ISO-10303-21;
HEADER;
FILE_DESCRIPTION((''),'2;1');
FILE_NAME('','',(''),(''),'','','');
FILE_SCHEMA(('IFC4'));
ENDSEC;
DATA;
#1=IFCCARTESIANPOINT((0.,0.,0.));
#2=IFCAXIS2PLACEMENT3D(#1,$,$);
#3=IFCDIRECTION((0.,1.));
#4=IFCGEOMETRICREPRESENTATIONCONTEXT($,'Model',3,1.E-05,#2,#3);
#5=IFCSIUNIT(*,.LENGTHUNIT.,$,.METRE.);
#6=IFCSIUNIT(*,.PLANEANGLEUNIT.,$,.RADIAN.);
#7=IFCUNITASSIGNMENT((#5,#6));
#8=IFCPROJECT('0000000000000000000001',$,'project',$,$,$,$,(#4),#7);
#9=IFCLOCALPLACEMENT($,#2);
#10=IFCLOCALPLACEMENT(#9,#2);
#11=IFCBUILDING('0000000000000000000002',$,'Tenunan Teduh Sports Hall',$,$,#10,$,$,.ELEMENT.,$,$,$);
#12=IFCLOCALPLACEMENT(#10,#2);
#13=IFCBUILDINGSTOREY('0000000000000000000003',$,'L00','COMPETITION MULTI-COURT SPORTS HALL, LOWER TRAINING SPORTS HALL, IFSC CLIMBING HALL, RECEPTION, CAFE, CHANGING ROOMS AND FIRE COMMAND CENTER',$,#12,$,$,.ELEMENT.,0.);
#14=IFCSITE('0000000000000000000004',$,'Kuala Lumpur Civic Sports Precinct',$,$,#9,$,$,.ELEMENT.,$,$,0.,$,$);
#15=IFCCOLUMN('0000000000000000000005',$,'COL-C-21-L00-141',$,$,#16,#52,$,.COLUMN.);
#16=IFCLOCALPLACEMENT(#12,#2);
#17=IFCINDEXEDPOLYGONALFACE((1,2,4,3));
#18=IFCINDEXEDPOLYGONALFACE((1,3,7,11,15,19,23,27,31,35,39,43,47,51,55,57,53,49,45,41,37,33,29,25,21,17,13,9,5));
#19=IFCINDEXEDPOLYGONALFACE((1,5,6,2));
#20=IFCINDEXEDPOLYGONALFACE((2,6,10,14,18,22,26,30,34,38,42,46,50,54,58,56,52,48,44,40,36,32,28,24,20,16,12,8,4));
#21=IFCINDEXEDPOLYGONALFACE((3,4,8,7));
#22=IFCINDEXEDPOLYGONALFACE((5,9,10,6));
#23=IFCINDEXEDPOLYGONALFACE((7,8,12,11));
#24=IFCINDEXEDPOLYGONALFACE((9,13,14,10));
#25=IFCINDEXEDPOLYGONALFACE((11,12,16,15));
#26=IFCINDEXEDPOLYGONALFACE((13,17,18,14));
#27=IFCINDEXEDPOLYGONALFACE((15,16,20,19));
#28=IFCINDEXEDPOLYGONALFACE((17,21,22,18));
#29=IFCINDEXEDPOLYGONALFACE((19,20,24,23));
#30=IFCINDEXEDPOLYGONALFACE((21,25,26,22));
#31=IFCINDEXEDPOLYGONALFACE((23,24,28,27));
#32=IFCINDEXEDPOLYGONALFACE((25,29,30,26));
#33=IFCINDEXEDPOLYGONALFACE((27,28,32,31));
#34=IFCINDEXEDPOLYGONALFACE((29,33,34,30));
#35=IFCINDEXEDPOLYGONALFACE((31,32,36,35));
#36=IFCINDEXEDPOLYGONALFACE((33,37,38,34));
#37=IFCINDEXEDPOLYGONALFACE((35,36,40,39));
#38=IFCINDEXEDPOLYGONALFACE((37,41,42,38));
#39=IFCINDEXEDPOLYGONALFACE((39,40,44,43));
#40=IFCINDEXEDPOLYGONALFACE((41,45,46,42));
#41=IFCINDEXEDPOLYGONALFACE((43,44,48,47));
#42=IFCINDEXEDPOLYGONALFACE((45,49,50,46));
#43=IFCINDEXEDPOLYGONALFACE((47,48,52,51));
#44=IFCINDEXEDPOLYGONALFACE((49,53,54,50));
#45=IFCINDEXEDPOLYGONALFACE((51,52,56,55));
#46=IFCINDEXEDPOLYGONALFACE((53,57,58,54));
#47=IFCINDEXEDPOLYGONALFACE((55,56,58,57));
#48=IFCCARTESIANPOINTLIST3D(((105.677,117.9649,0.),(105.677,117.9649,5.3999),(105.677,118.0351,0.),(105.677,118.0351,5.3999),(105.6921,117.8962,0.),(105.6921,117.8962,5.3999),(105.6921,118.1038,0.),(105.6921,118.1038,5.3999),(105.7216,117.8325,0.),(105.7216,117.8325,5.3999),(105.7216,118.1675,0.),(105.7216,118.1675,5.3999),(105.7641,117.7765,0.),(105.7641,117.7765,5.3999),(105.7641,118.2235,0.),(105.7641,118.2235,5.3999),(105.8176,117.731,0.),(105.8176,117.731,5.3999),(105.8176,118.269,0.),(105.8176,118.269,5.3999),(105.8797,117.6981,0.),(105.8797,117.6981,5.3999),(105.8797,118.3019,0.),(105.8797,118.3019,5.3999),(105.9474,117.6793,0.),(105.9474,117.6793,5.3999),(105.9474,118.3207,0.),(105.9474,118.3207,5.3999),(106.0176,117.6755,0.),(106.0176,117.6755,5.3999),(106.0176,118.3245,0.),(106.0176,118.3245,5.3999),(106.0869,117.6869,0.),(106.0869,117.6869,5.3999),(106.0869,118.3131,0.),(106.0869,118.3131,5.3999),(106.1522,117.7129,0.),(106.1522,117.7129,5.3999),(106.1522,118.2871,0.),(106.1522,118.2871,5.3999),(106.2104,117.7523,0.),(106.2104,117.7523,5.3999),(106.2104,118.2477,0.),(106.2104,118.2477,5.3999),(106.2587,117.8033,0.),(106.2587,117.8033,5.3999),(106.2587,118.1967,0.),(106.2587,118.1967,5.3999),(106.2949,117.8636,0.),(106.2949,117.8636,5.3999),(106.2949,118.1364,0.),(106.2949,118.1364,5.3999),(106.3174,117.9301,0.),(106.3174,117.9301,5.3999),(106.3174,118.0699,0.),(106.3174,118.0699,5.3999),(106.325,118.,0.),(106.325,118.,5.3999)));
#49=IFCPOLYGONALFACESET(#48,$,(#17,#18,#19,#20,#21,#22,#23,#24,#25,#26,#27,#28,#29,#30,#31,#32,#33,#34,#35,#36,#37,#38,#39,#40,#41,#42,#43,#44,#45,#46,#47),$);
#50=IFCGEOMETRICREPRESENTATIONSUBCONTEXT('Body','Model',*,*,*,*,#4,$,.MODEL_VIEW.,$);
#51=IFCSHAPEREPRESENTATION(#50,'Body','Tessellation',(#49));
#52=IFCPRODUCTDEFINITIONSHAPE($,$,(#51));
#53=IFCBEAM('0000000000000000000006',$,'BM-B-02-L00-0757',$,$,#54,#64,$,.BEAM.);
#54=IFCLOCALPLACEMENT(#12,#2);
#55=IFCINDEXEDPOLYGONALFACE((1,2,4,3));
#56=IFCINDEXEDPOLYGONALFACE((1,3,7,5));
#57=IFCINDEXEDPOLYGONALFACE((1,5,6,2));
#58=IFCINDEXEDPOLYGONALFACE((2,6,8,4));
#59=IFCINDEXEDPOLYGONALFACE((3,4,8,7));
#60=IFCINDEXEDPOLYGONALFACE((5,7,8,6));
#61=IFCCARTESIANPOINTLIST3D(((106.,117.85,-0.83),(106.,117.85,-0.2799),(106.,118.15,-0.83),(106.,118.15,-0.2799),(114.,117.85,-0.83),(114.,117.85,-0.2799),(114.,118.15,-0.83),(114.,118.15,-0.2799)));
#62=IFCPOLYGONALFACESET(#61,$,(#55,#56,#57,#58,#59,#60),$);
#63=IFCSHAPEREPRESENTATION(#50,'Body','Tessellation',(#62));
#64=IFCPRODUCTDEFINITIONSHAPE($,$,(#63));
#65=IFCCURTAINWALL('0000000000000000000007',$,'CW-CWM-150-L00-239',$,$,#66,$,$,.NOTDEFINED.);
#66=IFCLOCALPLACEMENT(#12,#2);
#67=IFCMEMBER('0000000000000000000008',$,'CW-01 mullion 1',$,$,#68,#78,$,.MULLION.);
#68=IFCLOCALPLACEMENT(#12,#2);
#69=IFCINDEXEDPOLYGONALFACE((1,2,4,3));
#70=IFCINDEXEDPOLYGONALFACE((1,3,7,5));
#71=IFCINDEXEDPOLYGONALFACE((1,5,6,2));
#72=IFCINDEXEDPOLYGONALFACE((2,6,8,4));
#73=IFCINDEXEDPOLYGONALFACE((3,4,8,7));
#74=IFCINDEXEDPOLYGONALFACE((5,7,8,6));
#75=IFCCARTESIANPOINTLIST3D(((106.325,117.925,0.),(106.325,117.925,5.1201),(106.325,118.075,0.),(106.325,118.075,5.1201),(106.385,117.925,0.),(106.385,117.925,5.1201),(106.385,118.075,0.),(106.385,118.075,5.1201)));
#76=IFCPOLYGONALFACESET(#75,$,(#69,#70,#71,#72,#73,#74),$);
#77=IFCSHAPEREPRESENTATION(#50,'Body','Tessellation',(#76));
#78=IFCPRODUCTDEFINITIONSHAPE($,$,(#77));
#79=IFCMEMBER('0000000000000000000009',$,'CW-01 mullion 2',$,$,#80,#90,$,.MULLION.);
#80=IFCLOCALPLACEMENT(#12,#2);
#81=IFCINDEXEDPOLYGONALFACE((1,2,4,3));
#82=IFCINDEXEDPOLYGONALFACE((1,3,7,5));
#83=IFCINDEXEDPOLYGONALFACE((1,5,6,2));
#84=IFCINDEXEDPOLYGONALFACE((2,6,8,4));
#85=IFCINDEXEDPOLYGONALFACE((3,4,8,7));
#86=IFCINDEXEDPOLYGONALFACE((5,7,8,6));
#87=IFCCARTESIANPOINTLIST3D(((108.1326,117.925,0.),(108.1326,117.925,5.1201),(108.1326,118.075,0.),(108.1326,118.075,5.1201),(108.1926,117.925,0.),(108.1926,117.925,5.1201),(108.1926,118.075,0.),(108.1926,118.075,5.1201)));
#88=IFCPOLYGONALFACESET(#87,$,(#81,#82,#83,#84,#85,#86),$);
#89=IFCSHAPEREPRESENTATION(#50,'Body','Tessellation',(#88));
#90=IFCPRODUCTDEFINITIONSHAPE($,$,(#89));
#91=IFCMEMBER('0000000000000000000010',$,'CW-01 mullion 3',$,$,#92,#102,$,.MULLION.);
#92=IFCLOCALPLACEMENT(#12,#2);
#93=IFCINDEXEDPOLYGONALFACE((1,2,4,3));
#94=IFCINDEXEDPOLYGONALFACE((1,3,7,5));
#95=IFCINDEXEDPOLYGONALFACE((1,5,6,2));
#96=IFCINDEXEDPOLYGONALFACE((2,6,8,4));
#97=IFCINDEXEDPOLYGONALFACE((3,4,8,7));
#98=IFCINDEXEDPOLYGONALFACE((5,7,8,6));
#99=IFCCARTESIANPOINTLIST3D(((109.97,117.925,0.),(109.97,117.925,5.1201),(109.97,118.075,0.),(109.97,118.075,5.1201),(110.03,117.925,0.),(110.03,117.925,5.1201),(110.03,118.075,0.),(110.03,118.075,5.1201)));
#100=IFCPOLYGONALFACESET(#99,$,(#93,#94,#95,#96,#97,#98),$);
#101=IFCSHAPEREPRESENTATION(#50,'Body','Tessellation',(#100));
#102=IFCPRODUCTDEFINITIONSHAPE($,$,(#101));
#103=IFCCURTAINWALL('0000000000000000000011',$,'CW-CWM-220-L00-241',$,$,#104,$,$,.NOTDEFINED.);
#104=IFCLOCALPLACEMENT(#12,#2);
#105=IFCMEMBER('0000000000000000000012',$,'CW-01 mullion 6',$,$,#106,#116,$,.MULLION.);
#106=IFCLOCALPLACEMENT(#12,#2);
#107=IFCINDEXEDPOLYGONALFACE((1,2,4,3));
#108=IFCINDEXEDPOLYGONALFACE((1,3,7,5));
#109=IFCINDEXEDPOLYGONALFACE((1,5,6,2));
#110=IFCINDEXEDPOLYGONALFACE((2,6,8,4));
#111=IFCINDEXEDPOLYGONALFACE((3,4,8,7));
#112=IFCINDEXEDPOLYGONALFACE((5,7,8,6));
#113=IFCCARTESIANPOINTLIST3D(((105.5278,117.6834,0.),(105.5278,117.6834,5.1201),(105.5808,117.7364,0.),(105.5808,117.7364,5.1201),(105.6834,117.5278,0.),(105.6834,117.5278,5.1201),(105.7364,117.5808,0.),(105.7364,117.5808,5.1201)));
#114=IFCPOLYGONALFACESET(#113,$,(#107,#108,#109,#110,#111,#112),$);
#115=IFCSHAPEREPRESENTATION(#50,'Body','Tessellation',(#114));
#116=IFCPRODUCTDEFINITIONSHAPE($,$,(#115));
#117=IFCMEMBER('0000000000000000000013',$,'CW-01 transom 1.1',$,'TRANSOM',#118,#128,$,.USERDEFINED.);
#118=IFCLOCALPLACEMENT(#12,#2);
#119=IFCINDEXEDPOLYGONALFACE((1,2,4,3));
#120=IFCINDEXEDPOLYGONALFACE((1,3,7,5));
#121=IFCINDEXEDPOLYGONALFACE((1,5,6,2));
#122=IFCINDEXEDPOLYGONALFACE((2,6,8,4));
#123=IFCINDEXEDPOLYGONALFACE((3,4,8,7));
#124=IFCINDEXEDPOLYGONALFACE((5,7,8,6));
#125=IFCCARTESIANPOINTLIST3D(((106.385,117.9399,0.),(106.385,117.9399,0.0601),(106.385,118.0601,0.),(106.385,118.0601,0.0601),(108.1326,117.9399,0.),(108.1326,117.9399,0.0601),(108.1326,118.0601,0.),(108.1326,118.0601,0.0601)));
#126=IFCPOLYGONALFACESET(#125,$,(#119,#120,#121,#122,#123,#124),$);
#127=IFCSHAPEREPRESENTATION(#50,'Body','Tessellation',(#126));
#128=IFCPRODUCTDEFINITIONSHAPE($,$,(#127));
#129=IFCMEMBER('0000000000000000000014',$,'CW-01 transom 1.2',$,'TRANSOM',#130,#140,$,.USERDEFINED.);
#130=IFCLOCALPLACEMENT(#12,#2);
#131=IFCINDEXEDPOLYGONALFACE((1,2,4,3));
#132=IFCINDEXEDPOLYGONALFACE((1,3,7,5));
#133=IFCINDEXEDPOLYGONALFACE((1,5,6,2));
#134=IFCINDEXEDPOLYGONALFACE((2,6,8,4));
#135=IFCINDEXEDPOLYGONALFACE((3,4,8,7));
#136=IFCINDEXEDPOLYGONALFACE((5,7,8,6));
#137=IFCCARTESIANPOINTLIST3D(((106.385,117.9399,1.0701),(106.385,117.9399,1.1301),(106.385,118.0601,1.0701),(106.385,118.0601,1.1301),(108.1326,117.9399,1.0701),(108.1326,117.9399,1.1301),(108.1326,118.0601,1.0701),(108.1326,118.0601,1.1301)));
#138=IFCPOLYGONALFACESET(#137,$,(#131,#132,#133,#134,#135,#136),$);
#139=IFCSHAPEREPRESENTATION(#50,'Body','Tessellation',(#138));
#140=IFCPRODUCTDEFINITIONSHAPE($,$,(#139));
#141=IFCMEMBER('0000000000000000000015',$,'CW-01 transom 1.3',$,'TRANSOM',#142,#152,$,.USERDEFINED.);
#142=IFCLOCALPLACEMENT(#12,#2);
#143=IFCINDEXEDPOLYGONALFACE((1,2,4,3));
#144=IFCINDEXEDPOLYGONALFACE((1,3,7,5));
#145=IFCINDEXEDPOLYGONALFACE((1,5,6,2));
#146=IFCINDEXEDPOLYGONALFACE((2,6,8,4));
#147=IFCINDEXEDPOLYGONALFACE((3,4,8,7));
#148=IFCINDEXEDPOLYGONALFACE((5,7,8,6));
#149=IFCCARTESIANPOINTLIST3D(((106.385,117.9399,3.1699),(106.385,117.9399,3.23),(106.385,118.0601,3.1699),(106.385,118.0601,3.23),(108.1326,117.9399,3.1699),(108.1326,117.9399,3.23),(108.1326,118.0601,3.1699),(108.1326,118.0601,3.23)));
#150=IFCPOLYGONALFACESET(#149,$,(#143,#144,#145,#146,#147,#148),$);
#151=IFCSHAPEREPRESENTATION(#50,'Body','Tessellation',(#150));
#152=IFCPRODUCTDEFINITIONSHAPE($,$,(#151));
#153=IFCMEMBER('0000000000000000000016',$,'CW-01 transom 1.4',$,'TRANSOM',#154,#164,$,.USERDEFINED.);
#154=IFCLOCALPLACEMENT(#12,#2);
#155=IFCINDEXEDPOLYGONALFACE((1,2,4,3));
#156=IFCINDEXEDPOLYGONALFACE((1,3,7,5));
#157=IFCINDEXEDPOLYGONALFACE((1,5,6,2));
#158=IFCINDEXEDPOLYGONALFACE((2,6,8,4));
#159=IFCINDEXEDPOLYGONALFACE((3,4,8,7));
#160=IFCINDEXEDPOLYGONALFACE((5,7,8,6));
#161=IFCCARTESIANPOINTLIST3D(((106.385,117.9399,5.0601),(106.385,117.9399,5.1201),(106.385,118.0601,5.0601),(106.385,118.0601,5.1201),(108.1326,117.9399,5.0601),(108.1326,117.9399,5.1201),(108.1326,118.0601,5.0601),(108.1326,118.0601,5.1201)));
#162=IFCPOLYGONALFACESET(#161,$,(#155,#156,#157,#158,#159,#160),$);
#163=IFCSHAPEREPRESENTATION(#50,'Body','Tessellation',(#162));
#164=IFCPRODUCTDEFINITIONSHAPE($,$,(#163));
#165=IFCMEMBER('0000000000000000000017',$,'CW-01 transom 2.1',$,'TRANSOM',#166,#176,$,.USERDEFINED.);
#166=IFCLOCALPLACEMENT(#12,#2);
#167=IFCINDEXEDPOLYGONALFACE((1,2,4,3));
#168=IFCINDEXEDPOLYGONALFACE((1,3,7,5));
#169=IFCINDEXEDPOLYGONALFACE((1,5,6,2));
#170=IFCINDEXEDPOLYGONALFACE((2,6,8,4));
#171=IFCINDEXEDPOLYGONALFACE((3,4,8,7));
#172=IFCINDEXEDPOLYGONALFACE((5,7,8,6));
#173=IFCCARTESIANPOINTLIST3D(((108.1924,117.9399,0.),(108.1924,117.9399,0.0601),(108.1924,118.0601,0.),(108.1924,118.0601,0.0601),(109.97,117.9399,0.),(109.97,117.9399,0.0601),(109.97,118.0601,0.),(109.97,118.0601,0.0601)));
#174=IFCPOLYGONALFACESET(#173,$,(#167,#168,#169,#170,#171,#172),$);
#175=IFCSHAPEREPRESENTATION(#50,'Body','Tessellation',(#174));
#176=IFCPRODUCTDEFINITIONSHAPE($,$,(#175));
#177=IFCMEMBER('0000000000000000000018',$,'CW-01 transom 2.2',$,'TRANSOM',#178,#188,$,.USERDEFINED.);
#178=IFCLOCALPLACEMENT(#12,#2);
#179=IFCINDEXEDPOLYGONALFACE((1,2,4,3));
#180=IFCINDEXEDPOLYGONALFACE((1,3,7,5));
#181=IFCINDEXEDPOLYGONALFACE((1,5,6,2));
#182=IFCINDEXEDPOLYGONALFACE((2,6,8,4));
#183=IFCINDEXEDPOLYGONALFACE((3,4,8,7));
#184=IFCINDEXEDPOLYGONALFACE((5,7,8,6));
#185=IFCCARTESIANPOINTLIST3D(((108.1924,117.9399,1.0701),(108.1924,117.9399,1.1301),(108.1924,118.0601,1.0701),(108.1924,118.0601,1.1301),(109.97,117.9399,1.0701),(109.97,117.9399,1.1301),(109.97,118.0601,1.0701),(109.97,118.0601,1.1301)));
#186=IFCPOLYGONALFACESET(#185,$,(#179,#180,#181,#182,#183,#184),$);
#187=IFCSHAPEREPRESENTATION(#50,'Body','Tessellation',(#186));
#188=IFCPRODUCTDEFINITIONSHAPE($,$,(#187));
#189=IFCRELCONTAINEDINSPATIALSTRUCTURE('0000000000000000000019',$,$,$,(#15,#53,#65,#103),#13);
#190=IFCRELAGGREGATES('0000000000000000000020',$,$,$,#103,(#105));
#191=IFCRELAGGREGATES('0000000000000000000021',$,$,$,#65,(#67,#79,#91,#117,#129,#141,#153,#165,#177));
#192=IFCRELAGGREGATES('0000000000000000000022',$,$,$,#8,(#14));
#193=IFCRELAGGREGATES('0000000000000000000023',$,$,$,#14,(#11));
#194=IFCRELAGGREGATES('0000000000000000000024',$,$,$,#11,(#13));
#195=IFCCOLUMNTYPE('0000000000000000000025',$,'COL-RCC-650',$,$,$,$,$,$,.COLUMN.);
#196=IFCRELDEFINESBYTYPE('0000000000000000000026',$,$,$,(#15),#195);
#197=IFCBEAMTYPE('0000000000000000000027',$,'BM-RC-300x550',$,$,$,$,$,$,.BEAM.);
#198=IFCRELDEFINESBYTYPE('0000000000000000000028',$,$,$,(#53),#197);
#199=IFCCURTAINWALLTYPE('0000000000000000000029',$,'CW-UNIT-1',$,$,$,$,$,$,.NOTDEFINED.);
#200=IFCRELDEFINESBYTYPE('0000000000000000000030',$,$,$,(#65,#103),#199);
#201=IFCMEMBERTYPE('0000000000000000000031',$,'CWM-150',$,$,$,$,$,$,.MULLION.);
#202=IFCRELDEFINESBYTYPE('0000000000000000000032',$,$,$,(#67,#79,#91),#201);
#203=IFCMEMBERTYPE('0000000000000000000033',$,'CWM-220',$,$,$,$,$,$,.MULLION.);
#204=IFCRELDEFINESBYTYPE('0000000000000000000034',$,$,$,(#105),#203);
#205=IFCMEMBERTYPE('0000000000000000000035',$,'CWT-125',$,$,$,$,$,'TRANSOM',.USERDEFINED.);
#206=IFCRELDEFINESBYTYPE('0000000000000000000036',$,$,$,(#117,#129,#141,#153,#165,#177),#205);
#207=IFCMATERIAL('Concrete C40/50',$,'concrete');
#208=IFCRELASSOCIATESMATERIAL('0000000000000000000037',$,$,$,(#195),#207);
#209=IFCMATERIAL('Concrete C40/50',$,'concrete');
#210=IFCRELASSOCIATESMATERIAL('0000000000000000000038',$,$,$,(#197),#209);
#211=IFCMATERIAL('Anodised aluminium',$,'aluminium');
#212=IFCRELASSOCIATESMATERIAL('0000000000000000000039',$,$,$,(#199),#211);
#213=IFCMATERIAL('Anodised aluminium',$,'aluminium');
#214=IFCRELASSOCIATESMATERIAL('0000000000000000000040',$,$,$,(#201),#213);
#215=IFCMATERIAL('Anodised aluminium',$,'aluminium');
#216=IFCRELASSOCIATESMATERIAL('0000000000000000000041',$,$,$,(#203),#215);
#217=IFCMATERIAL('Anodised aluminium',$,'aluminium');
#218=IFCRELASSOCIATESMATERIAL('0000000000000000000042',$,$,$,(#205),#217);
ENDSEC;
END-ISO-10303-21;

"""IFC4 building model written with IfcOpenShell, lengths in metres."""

from ifc_helpers import new_model, si_unit, direction, frame, origin, origin_2d, place, context, subcontext, project, spatial, rectangle, circle, extrude, material, material_profile, profile_set, type_object, element, aggregate, save


model = new_model("IFC4")

# Units and contexts
model_context = context("Model", 3, precision=1e-05, world=origin(), true_north=direction((0.0, 1.0)))
body_context = subcontext(model_context, "Body", "Model", "MODEL_VIEW")
ifc_project = project(units=[si_unit("LENGTHUNIT", "METRE"), si_unit("PLANEANGLEUNIT", "RADIAN")], contexts=[model_context])

# Site, building, storey
site_placement = place(None, origin())
site = spatial("IfcSite", under=ifc_project, at=site_placement, Name="Kuala Lumpur Civic Sports Precinct", CompositionType="ELEMENT", RefElevation=0.0)
building_placement = place(site_placement, origin())
building = spatial("IfcBuilding", under=site, at=building_placement, Name="Tenunan Teduh Sports Hall", CompositionType="ELEMENT")
storey_placement = place(building_placement, origin())
storey = spatial("IfcBuildingStorey", under=building, at=storey_placement, Name="L00", Description="COMPETITION MULTI-COURT SPORTS HALL, LOWER TRAINING SPORTS HALL, IFSC CLIMBING HALL, RECEPTION, CAFE, CHANGING ROOMS AND FIRE COMMAND CENTER", CompositionType="ELEMENT", Elevation=0.0)

# Column
ifc_material_1 = material(Name="Concrete C40/50", Category="concrete")
ifc_material_profile_1 = material_profile(ifc_material_1, circle(Radius=0.325, at=origin_2d()), Name="RCC D650")
ifc_profile_set_1 = profile_set([ifc_material_profile_1], Name="Concrete C40/50")
column_type = type_object("IfcColumnType", Name="COL-RCC-650", PredefinedType="COLUMN", material=ifc_profile_set_1)
column_placement = place(storey_placement, frame((106.0, 118.0, 0.0), z_axis=(0.0, 0.0, 1.0), x_axis=(1.0, 0.0, 0.0)))
element("IfcColumn", 1, at=column_placement, inside=storey, type_object=column_type, Name="COL-C-21-L00-141", PredefinedType="COLUMN", context=body_context, shape_type="SweptSolid", body=[
    extrude(circle(Radius=0.325, at=origin_2d()), origin(), (0.0, 0.0, 1.0), 5.3999),
])

# Beam
ifc_material_2 = material(Name="Concrete C40/50", Category="concrete")
ifc_material_profile_2 = material_profile(ifc_material_2, rectangle(XDim=0.3, YDim=0.55, at=origin_2d()), Name="RCB 300x550")
ifc_profile_set_2 = profile_set([ifc_material_profile_2], Name="Concrete C40/50")
beam_type_1 = type_object("IfcBeamType", Name="BM-RC-300x550", PredefinedType="BEAM", material=ifc_profile_set_2)
beam_1_placement = place(storey_placement, frame((106.0, 118.0, -0.5549), z_axis=(1.0, 0.0, 0.0), x_axis=(0.0, 1.0, 0.0)))
element("IfcBeam", 2, at=beam_1_placement, inside=storey, type_object=beam_type_1, Name="BM-B-02-L00-0757", PredefinedType="BEAM", context=body_context, shape_type="SweptSolid", body=[
    extrude(rectangle(XDim=0.3, YDim=0.55, at=origin_2d()), origin(), (0.0, 0.0, 1.0), 8.0),
])

# Curtain wall, members
ifc_material_3 = material(Name="Anodised aluminium", Category="aluminium")
curtain_wall_type = type_object("IfcCurtainWallType", Name="CW-UNIT-1", PredefinedType="NOTDEFINED", material=ifc_material_3)
curtain_wall_1_placement = place(storey_placement, origin())
curtain_wall_1 = element("IfcCurtainWall", 3, at=curtain_wall_1_placement, inside=storey, type_object=curtain_wall_type, Name="CW-CWM-150-L00-239", PredefinedType="NOTDEFINED")
ifc_material_4 = material(Name="Anodised aluminium", Category="aluminium")
ifc_material_profile_3 = material_profile(ifc_material_4, rectangle(XDim=0.0601, YDim=0.1499, at=origin_2d()), Name="CWM 60x150")
ifc_profile_set_3 = profile_set([ifc_material_profile_3], Name="Anodised aluminium")
member_type_1 = type_object("IfcMemberType", Name="CWM-150", PredefinedType="MULLION", material=ifc_profile_set_3)
member_1_placement = place(storey_placement, frame((106.355, 118.0, 0.0), z_axis=(0.0, 0.0, 1.0), x_axis=(1.0, 0.0, 0.0)))
member_1 = element("IfcMember", 4, at=member_1_placement, type_object=member_type_1, Name="CW-01 mullion 1", PredefinedType="MULLION", context=body_context, shape_type="SweptSolid", body=[
    extrude(rectangle(XDim=0.0601, YDim=0.1499, at=origin_2d()), origin(), (0.0, 0.0, 1.0), 5.1201),
])
member_2_placement = place(storey_placement, frame((108.1626, 118.0, 0.0), z_axis=(0.0, 0.0, 1.0), x_axis=(1.0, 0.0, 0.0)))
member_2 = element("IfcMember", 5, at=member_2_placement, type_object=member_type_1, Name="CW-01 mullion 2", PredefinedType="MULLION", context=body_context, shape_type="SweptSolid", body=[
    extrude(rectangle(XDim=0.0601, YDim=0.1499, at=origin_2d()), origin(), (0.0, 0.0, 1.0), 5.1201),
])
member_3_placement = place(storey_placement, frame((110.0, 118.0, 0.0), z_axis=(0.0, 0.0, 1.0), x_axis=(1.0, 0.0, 0.0)))
member_3 = element("IfcMember", 6, at=member_3_placement, type_object=member_type_1, Name="CW-01 mullion 3", PredefinedType="MULLION", context=body_context, shape_type="SweptSolid", body=[
    extrude(rectangle(XDim=0.0601, YDim=0.1499, at=origin_2d()), origin(), (0.0, 0.0, 1.0), 5.1201),
])

# Curtain wall, member
curtain_wall_2_placement = place(storey_placement, origin())
curtain_wall_2 = element("IfcCurtainWall", 7, at=curtain_wall_2_placement, inside=storey, type_object=curtain_wall_type, Name="CW-CWM-220-L00-241", PredefinedType="NOTDEFINED")
ifc_material_5 = material(Name="Anodised aluminium", Category="aluminium")
ifc_material_profile_4 = material_profile(ifc_material_5, rectangle(XDim=0.075, YDim=0.22, at=origin_2d()), Name="CWM 75x220")
ifc_profile_set_4 = profile_set([ifc_material_profile_4], Name="Anodised aluminium")
member_type_2 = type_object("IfcMemberType", Name="CWM-220", PredefinedType="MULLION", material=ifc_profile_set_4)
member_4_placement = place(storey_placement, frame((105.6321, 117.6321, 0.0), z_axis=(0.0, 0.0, 1.0), x_axis=(0.707107, 0.707107, 0.0)))
member_4 = element("IfcMember", 8, at=member_4_placement, type_object=member_type_2, Name="CW-01 mullion 6", PredefinedType="MULLION", context=body_context, shape_type="SweptSolid", body=[
    extrude(rectangle(XDim=0.075, YDim=0.22, at=origin_2d()), origin(), (0.0, 0.0, 1.0), 5.1201),
])
aggregate(curtain_wall_2, [member_4])

# Members
ifc_material_6 = material(Name="Anodised aluminium", Category="aluminium")
ifc_material_profile_5 = material_profile(ifc_material_6, rectangle(XDim=0.0601, YDim=0.1201, at=origin_2d()), Name="CWT 60x120")
ifc_profile_set_5 = profile_set([ifc_material_profile_5], Name="Anodised aluminium")
member_type_3 = type_object("IfcMemberType", Name="CWT-125", ElementType="TRANSOM", PredefinedType="USERDEFINED", material=ifc_profile_set_5)
member_5_placement = place(storey_placement, frame((106.385, 118.0, 0.03), z_axis=(1.0, 0.0, 0.0), x_axis=(0.0, 0.0, 1.0)))
member_5 = element("IfcMember", 9, at=member_5_placement, type_object=member_type_3, Name="CW-01 transom 1.1", ObjectType="TRANSOM", PredefinedType="USERDEFINED", context=body_context, shape_type="SweptSolid", body=[
    extrude(rectangle(XDim=0.0601, YDim=0.1201, at=origin_2d()), origin(), (0.0, 0.0, 1.0), 1.7476),
])
member_6_placement = place(storey_placement, frame((106.385, 118.0, 1.1001), z_axis=(1.0, 0.0, 0.0), x_axis=(0.0, 0.0, 1.0)))
member_6 = element("IfcMember", 10, at=member_6_placement, type_object=member_type_3, Name="CW-01 transom 1.2", ObjectType="TRANSOM", PredefinedType="USERDEFINED", context=body_context, shape_type="SweptSolid", body=[
    extrude(rectangle(XDim=0.0601, YDim=0.1201, at=origin_2d()), origin(), (0.0, 0.0, 1.0), 1.7476),
])
member_7_placement = place(storey_placement, frame((106.385, 118.0, 3.2), z_axis=(1.0, 0.0, 0.0), x_axis=(0.0, 0.0, 1.0)))
member_7 = element("IfcMember", 11, at=member_7_placement, type_object=member_type_3, Name="CW-01 transom 1.3", ObjectType="TRANSOM", PredefinedType="USERDEFINED", context=body_context, shape_type="SweptSolid", body=[
    extrude(rectangle(XDim=0.0601, YDim=0.1201, at=origin_2d()), origin(), (0.0, 0.0, 1.0), 1.7476),
])
member_8_placement = place(storey_placement, frame((106.385, 118.0, 5.0901), z_axis=(1.0, 0.0, 0.0), x_axis=(0.0, 0.0, 1.0)))
member_8 = element("IfcMember", 12, at=member_8_placement, type_object=member_type_3, Name="CW-01 transom 1.4", ObjectType="TRANSOM", PredefinedType="USERDEFINED", context=body_context, shape_type="SweptSolid", body=[
    extrude(rectangle(XDim=0.0601, YDim=0.1201, at=origin_2d()), origin(), (0.0, 0.0, 1.0), 1.7476),
])
member_9_placement = place(storey_placement, frame((108.1924, 118.0, 0.03), z_axis=(1.0, 0.0, 0.0), x_axis=(0.0, 0.0, 1.0)))
member_9 = element("IfcMember", 13, at=member_9_placement, type_object=member_type_3, Name="CW-01 transom 2.1", ObjectType="TRANSOM", PredefinedType="USERDEFINED", context=body_context, shape_type="SweptSolid", body=[
    extrude(rectangle(XDim=0.0601, YDim=0.1201, at=origin_2d()), origin(), (0.0, 0.0, 1.0), 1.7776),
])
member_10_placement = place(storey_placement, frame((108.1924, 118.0, 1.1001), z_axis=(1.0, 0.0, 0.0), x_axis=(0.0, 0.0, 1.0)))
member_10 = element("IfcMember", 14, at=member_10_placement, type_object=member_type_3, Name="CW-01 transom 2.2", ObjectType="TRANSOM", PredefinedType="USERDEFINED", context=body_context, shape_type="SweptSolid", body=[
    extrude(rectangle(XDim=0.0601, YDim=0.1201, at=origin_2d()), origin(), (0.0, 0.0, 1.0), 1.7776),
])

aggregate(curtain_wall_1, [member_1, member_2, member_3, member_5, member_6, member_7, member_8, member_9, member_10])

save(model, "model.ifc")
